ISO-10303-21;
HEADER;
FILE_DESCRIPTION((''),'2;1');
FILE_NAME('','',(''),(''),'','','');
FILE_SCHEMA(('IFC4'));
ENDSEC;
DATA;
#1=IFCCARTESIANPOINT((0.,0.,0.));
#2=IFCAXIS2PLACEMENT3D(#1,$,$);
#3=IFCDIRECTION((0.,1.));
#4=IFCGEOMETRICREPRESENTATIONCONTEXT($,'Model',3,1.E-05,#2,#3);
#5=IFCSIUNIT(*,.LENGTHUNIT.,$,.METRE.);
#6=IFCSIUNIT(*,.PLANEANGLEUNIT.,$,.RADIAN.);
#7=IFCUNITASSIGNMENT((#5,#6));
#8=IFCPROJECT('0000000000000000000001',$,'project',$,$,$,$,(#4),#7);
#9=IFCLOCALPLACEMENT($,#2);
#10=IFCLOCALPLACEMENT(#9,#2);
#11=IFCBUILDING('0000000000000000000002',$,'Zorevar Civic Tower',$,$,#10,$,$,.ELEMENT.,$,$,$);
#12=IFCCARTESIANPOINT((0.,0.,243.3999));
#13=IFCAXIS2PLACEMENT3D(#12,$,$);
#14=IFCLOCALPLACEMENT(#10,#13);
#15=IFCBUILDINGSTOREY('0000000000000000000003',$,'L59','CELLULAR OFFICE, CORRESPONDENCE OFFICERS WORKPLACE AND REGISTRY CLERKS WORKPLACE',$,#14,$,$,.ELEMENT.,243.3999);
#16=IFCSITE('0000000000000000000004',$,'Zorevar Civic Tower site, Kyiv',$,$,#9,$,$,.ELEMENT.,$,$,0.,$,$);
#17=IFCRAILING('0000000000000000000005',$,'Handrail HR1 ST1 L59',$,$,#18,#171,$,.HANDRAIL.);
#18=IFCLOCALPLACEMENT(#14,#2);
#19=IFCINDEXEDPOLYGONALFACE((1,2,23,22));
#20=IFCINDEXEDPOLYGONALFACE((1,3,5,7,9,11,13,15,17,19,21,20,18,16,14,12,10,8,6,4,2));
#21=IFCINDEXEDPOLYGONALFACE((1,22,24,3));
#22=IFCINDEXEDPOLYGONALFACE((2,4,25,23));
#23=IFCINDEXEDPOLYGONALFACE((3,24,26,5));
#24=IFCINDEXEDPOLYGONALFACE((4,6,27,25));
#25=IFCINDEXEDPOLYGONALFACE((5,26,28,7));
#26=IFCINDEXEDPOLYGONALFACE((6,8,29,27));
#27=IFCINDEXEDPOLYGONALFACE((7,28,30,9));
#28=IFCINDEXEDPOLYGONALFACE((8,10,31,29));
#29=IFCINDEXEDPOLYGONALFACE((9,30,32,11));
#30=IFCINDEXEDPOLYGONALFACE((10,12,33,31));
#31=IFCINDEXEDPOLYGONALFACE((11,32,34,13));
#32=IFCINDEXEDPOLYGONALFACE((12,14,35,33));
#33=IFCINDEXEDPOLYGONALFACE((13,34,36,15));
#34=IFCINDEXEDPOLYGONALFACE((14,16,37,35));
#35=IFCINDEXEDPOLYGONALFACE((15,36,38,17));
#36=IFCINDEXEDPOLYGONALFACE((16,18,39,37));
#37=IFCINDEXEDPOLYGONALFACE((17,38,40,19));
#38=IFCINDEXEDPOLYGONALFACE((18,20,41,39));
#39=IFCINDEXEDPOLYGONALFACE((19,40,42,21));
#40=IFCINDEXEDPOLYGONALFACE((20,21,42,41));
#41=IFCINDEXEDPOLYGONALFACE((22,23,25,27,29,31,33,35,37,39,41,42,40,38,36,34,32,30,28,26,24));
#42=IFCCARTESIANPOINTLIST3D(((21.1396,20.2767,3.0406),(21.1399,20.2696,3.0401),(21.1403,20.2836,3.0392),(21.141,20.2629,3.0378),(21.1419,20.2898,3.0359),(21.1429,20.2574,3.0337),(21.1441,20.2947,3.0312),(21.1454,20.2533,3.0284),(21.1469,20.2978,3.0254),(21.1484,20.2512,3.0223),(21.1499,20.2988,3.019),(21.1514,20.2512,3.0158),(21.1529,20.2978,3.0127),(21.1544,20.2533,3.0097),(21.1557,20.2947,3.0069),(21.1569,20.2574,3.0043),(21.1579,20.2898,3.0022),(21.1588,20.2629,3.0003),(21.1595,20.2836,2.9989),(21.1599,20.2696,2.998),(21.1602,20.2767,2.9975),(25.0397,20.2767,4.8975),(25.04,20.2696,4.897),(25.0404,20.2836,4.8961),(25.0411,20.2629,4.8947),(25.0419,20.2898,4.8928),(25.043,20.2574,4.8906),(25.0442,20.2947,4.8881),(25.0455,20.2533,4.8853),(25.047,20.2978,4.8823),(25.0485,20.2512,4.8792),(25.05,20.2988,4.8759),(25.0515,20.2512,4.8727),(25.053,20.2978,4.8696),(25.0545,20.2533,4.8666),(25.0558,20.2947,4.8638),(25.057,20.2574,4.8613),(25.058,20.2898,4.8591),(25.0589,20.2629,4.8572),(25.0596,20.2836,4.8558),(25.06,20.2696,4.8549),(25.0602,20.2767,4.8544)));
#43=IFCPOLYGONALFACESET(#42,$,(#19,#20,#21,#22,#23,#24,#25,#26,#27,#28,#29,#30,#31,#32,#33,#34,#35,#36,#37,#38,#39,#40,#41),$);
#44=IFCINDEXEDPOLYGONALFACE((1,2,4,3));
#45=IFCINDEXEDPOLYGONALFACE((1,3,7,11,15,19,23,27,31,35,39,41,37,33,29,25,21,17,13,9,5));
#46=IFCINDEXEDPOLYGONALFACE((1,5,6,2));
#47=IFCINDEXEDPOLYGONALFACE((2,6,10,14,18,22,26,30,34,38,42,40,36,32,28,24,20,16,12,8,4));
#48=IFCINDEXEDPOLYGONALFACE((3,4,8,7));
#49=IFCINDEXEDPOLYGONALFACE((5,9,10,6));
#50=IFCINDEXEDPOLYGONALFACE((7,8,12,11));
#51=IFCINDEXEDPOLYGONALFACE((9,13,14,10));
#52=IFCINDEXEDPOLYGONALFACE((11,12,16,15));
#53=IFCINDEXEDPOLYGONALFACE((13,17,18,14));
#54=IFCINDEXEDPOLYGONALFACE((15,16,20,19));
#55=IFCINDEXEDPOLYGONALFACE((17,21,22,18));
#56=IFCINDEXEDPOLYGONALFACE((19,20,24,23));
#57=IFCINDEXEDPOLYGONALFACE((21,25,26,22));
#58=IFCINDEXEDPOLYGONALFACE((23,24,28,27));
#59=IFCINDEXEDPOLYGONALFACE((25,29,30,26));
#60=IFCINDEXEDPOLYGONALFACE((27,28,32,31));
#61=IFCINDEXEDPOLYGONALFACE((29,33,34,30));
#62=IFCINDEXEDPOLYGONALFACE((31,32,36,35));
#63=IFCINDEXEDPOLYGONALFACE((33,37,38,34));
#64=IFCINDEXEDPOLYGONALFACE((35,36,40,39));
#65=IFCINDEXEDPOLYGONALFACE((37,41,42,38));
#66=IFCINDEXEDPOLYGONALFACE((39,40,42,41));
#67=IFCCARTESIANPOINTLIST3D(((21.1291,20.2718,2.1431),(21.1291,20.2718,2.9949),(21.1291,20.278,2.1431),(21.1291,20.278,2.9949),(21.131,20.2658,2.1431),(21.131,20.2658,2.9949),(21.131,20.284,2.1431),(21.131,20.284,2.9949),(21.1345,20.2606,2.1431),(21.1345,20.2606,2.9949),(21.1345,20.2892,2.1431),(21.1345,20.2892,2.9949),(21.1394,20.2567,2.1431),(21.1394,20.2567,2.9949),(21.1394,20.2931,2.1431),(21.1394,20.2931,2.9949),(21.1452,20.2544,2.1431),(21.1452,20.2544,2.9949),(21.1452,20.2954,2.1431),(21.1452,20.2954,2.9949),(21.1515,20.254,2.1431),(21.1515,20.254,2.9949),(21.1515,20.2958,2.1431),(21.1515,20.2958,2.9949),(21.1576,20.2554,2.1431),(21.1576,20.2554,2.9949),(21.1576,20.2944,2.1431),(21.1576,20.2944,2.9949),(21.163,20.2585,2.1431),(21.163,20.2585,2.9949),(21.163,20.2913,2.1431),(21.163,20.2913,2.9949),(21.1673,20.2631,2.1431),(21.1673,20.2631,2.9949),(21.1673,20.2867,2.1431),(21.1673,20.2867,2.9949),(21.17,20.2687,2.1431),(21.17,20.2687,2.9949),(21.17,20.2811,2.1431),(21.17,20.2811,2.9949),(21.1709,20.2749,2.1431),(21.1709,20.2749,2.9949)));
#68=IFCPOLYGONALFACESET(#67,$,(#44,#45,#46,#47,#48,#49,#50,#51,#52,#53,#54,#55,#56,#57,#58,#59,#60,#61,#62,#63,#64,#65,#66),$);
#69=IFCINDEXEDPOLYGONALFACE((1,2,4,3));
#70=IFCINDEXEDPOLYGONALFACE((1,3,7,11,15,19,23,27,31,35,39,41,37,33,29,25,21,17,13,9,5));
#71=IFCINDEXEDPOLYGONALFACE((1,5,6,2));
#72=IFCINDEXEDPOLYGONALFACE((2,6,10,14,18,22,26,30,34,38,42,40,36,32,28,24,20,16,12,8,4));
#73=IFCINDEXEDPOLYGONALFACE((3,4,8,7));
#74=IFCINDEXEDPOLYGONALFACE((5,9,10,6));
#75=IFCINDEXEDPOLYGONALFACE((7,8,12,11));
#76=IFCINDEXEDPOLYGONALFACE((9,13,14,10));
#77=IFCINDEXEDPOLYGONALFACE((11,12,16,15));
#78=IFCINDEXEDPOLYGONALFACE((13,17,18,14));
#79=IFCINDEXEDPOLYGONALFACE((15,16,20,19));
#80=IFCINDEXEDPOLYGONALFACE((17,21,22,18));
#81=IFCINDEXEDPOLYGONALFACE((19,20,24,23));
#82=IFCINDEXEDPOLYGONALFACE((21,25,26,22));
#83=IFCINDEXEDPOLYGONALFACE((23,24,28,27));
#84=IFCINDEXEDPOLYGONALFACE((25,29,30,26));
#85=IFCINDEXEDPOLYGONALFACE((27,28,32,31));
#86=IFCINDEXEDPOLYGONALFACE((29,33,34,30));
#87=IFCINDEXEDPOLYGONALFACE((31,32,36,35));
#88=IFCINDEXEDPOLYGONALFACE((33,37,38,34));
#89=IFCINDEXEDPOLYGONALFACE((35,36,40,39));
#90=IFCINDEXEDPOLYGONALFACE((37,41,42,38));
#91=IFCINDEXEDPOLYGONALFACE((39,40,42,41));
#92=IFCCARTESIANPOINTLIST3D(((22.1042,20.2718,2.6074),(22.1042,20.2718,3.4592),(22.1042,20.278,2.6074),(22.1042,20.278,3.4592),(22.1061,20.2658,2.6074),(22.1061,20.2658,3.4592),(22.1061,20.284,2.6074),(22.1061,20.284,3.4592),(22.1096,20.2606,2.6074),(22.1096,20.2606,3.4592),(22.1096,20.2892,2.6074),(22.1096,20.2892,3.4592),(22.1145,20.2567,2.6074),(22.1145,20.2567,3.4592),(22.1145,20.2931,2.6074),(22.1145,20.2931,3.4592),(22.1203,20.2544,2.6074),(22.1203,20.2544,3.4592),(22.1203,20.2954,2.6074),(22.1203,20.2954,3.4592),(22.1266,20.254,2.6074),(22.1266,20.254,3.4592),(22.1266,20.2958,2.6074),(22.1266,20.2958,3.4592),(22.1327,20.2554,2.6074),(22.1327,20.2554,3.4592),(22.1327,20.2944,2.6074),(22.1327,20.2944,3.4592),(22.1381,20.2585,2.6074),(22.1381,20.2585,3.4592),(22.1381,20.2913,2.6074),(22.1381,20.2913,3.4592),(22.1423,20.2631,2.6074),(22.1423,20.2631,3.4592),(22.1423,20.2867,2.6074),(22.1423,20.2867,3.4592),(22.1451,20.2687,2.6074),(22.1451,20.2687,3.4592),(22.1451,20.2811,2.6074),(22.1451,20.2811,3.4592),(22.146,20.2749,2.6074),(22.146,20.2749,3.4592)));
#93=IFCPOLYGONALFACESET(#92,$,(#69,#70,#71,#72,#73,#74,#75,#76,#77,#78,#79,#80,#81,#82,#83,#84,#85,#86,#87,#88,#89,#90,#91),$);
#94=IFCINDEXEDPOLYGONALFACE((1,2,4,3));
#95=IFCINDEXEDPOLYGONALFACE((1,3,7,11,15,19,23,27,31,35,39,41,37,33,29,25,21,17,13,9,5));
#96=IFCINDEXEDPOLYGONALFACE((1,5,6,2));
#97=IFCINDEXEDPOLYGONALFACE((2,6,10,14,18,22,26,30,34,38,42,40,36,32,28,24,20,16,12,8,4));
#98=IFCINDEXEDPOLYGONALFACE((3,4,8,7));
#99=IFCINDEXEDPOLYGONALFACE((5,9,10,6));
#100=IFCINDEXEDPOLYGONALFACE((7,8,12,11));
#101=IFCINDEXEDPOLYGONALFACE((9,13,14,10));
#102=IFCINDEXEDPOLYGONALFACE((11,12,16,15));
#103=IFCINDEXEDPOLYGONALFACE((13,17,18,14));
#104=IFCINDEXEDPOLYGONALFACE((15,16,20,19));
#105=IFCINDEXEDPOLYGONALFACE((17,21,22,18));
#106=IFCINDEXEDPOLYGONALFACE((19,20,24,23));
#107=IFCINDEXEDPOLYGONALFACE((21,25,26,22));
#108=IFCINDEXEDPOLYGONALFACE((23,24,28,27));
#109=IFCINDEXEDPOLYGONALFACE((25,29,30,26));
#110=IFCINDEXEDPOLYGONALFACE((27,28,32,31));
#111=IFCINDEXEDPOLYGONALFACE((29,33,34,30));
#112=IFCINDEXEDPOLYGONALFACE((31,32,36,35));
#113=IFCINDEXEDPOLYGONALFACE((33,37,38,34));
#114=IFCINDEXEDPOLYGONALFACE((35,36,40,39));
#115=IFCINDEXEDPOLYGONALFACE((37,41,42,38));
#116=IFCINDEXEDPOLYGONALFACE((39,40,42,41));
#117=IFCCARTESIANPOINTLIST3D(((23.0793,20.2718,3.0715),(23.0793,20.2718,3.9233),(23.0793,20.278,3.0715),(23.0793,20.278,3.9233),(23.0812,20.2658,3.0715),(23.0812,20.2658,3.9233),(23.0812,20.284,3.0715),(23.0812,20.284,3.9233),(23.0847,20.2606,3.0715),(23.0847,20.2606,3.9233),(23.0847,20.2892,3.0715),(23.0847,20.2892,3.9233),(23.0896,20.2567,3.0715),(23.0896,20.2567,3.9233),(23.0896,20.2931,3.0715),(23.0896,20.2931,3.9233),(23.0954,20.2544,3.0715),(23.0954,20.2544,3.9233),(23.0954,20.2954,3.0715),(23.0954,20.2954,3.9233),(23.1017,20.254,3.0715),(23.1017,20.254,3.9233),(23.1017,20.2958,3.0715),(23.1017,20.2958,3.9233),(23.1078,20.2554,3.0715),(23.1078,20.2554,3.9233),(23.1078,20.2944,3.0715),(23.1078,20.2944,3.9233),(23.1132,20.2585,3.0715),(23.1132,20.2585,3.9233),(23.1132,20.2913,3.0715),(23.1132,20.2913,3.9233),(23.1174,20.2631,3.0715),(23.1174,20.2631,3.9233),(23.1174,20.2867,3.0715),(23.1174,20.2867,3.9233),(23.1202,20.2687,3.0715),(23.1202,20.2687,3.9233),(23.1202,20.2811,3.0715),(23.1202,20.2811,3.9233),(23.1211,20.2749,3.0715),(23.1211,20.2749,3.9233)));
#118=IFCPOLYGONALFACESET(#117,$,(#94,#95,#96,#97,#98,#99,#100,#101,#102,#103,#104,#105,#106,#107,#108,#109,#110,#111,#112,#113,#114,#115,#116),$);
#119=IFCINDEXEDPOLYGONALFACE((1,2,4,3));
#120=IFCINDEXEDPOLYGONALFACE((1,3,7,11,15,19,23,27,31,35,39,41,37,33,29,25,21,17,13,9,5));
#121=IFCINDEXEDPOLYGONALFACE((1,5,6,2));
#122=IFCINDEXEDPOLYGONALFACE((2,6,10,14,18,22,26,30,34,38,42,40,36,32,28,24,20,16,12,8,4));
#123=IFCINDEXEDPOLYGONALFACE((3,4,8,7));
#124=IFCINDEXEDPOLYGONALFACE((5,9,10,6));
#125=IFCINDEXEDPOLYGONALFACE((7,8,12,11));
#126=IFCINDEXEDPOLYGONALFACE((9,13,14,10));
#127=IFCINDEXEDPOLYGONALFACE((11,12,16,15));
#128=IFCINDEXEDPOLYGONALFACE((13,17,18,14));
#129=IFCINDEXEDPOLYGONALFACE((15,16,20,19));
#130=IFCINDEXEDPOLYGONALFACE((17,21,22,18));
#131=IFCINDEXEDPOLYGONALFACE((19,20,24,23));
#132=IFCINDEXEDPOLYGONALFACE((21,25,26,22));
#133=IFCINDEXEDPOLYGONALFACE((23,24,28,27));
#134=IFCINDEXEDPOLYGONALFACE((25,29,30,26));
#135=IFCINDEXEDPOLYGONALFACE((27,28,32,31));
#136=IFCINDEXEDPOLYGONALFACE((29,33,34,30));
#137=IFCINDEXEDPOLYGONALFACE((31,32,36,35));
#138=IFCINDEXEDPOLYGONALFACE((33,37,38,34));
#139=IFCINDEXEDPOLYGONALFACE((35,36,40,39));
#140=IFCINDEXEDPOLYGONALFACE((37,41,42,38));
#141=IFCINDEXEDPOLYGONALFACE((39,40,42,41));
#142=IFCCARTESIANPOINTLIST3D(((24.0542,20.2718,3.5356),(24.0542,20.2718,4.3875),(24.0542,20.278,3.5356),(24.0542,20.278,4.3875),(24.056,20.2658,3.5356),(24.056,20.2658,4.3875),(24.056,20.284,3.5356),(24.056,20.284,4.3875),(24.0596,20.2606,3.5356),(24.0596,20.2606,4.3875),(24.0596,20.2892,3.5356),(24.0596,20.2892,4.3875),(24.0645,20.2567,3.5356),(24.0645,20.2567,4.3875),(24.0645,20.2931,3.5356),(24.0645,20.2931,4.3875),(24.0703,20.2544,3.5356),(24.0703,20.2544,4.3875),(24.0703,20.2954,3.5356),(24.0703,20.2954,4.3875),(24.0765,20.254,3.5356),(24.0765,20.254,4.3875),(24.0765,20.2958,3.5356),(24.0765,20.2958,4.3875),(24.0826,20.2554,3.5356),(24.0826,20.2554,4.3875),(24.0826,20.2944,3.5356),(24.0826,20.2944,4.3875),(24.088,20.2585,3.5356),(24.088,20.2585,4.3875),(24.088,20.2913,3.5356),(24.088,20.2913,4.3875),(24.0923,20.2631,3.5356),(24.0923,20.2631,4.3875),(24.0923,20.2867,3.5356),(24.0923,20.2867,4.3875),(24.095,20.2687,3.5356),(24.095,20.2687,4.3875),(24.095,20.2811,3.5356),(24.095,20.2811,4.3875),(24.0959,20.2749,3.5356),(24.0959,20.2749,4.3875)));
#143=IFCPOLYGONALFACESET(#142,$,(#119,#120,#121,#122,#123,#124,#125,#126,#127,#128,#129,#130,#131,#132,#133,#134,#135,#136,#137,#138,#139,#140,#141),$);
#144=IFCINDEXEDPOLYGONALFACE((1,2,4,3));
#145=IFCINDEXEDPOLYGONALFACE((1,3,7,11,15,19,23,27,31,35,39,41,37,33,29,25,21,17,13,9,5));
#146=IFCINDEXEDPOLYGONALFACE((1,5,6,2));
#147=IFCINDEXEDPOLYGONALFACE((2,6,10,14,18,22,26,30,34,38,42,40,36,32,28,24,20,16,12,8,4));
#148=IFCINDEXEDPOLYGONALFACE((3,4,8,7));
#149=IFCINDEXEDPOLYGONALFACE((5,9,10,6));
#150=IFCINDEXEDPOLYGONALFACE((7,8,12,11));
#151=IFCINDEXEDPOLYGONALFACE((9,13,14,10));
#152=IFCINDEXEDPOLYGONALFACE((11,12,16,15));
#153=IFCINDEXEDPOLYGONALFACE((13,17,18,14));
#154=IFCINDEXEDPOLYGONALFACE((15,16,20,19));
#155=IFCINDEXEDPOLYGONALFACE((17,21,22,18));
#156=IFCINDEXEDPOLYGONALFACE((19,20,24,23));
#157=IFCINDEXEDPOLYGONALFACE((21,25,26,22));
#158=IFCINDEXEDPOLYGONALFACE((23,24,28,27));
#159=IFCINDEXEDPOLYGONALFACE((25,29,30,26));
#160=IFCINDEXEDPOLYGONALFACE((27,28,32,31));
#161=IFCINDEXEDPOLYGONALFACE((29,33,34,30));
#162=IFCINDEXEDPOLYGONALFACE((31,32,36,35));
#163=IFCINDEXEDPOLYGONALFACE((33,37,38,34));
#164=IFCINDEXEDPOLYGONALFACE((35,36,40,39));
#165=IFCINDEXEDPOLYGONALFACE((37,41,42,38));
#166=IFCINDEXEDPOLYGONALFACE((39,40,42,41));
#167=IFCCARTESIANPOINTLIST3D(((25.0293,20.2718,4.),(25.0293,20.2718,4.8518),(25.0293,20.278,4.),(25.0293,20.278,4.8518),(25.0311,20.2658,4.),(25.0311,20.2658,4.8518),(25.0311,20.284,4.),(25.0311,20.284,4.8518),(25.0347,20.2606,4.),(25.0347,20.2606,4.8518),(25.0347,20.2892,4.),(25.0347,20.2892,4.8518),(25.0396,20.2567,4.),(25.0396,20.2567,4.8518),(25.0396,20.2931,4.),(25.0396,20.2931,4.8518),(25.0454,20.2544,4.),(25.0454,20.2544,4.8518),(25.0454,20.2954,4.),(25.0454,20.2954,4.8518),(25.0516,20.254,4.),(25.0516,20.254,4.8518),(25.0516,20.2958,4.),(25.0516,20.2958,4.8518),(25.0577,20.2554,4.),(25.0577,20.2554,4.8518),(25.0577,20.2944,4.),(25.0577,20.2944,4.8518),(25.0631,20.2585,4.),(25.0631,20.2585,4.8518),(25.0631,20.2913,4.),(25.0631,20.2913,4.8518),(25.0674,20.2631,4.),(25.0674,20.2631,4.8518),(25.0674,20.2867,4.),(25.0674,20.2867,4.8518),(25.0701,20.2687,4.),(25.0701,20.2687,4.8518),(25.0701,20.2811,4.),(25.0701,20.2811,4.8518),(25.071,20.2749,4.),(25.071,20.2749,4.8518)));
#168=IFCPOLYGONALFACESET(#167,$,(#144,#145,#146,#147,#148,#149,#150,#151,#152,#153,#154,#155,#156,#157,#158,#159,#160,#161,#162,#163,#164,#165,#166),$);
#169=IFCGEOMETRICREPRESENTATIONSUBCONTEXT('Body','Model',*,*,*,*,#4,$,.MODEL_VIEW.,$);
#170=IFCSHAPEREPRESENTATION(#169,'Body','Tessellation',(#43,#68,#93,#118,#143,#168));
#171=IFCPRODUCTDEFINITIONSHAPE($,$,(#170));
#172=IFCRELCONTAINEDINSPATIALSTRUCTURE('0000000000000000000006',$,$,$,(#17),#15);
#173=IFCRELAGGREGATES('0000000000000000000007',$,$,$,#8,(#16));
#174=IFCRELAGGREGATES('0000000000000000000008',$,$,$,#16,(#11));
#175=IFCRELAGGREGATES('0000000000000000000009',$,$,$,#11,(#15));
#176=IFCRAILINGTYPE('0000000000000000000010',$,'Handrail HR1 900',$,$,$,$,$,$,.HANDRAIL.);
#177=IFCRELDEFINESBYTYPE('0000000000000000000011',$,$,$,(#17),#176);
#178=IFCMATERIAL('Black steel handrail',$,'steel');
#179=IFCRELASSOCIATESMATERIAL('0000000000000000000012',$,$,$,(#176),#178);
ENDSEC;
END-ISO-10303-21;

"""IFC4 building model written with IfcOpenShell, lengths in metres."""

from ifc_helpers import new_model, si_unit, direction, frame, origin, origin_2d, place, context, subcontext, project, spatial, circle, extrude, material, type_object, element, save


model = new_model("IFC4")

# Units and contexts
model_context = context("Model", 3, precision=1e-05, world=origin(), true_north=direction((0.0, 1.0)))
body_context = subcontext(model_context, "Body", "Model", "MODEL_VIEW")
ifc_project = project(units=[si_unit("LENGTHUNIT", "METRE"), si_unit("PLANEANGLEUNIT", "RADIAN")], contexts=[model_context])

# Site, building, storey
site_placement = place(None, origin())
site = spatial("IfcSite", under=ifc_project, at=site_placement, Name="Zorevar Civic Tower site, Kyiv", CompositionType="ELEMENT", RefElevation=0.0)
building_placement = place(site_placement, origin())
building = spatial("IfcBuilding", under=site, at=building_placement, Name="Zorevar Civic Tower", CompositionType="ELEMENT")
storey_placement = place(building_placement, frame((0.0, 0.0, 243.3999)))
storey = spatial("IfcBuildingStorey", under=building, at=storey_placement, Name="L59", Description="CELLULAR OFFICE, CORRESPONDENCE OFFICERS WORKPLACE AND REGISTRY CLERKS WORKPLACE", CompositionType="ELEMENT", Elevation=243.3999)

# Railing
ifc_material_1 = material(Name="Black steel handrail", Category="steel")
railing_type = type_object("IfcRailingType", Name="Handrail HR1 900", PredefinedType="HANDRAIL", material=ifc_material_1)
railing_1_placement = place(storey_placement, frame((21.1499, 20.2749, 2.1431)))
element("IfcRailing", 1, at=railing_1_placement, inside=storey, type_object=railing_type, Name="Handrail HR1 ST1 L59", PredefinedType="HANDRAIL", context=body_context, shape_type="SweptSolid", body=[
    extrude(circle(Radius=0.0239, at=origin_2d()), frame((0.0, 0.0, 0.876), z_axis=(0.902886, 0.0, 0.429881), x_axis=(0.0, 1.0, 0.0)), (0.0, 0.0, 1.0), 4.3196),
    extrude(circle(Radius=0.021, at=origin_2d()), origin(), (0.0, 0.0, 1.0), 0.8518),
    extrude(circle(Radius=0.021, at=origin_2d()), frame((0.9751, 0.0, 0.4644)), (0.0, 0.0, 1.0), 0.8518),
    extrude(circle(Radius=0.021, at=origin_2d()), frame((1.9502, 0.0, 0.9285)), (0.0, 0.0, 1.0), 0.8518),
    extrude(circle(Radius=0.021, at=origin_2d()), frame((2.925, 0.0, 1.3926)), (0.0, 0.0, 1.0), 0.8518),
    extrude(circle(Radius=0.021, at=origin_2d()), frame((3.9001, 0.0, 1.8569)), (0.0, 0.0, 1.0), 0.8518),
])

save(model, "model.ifc")
